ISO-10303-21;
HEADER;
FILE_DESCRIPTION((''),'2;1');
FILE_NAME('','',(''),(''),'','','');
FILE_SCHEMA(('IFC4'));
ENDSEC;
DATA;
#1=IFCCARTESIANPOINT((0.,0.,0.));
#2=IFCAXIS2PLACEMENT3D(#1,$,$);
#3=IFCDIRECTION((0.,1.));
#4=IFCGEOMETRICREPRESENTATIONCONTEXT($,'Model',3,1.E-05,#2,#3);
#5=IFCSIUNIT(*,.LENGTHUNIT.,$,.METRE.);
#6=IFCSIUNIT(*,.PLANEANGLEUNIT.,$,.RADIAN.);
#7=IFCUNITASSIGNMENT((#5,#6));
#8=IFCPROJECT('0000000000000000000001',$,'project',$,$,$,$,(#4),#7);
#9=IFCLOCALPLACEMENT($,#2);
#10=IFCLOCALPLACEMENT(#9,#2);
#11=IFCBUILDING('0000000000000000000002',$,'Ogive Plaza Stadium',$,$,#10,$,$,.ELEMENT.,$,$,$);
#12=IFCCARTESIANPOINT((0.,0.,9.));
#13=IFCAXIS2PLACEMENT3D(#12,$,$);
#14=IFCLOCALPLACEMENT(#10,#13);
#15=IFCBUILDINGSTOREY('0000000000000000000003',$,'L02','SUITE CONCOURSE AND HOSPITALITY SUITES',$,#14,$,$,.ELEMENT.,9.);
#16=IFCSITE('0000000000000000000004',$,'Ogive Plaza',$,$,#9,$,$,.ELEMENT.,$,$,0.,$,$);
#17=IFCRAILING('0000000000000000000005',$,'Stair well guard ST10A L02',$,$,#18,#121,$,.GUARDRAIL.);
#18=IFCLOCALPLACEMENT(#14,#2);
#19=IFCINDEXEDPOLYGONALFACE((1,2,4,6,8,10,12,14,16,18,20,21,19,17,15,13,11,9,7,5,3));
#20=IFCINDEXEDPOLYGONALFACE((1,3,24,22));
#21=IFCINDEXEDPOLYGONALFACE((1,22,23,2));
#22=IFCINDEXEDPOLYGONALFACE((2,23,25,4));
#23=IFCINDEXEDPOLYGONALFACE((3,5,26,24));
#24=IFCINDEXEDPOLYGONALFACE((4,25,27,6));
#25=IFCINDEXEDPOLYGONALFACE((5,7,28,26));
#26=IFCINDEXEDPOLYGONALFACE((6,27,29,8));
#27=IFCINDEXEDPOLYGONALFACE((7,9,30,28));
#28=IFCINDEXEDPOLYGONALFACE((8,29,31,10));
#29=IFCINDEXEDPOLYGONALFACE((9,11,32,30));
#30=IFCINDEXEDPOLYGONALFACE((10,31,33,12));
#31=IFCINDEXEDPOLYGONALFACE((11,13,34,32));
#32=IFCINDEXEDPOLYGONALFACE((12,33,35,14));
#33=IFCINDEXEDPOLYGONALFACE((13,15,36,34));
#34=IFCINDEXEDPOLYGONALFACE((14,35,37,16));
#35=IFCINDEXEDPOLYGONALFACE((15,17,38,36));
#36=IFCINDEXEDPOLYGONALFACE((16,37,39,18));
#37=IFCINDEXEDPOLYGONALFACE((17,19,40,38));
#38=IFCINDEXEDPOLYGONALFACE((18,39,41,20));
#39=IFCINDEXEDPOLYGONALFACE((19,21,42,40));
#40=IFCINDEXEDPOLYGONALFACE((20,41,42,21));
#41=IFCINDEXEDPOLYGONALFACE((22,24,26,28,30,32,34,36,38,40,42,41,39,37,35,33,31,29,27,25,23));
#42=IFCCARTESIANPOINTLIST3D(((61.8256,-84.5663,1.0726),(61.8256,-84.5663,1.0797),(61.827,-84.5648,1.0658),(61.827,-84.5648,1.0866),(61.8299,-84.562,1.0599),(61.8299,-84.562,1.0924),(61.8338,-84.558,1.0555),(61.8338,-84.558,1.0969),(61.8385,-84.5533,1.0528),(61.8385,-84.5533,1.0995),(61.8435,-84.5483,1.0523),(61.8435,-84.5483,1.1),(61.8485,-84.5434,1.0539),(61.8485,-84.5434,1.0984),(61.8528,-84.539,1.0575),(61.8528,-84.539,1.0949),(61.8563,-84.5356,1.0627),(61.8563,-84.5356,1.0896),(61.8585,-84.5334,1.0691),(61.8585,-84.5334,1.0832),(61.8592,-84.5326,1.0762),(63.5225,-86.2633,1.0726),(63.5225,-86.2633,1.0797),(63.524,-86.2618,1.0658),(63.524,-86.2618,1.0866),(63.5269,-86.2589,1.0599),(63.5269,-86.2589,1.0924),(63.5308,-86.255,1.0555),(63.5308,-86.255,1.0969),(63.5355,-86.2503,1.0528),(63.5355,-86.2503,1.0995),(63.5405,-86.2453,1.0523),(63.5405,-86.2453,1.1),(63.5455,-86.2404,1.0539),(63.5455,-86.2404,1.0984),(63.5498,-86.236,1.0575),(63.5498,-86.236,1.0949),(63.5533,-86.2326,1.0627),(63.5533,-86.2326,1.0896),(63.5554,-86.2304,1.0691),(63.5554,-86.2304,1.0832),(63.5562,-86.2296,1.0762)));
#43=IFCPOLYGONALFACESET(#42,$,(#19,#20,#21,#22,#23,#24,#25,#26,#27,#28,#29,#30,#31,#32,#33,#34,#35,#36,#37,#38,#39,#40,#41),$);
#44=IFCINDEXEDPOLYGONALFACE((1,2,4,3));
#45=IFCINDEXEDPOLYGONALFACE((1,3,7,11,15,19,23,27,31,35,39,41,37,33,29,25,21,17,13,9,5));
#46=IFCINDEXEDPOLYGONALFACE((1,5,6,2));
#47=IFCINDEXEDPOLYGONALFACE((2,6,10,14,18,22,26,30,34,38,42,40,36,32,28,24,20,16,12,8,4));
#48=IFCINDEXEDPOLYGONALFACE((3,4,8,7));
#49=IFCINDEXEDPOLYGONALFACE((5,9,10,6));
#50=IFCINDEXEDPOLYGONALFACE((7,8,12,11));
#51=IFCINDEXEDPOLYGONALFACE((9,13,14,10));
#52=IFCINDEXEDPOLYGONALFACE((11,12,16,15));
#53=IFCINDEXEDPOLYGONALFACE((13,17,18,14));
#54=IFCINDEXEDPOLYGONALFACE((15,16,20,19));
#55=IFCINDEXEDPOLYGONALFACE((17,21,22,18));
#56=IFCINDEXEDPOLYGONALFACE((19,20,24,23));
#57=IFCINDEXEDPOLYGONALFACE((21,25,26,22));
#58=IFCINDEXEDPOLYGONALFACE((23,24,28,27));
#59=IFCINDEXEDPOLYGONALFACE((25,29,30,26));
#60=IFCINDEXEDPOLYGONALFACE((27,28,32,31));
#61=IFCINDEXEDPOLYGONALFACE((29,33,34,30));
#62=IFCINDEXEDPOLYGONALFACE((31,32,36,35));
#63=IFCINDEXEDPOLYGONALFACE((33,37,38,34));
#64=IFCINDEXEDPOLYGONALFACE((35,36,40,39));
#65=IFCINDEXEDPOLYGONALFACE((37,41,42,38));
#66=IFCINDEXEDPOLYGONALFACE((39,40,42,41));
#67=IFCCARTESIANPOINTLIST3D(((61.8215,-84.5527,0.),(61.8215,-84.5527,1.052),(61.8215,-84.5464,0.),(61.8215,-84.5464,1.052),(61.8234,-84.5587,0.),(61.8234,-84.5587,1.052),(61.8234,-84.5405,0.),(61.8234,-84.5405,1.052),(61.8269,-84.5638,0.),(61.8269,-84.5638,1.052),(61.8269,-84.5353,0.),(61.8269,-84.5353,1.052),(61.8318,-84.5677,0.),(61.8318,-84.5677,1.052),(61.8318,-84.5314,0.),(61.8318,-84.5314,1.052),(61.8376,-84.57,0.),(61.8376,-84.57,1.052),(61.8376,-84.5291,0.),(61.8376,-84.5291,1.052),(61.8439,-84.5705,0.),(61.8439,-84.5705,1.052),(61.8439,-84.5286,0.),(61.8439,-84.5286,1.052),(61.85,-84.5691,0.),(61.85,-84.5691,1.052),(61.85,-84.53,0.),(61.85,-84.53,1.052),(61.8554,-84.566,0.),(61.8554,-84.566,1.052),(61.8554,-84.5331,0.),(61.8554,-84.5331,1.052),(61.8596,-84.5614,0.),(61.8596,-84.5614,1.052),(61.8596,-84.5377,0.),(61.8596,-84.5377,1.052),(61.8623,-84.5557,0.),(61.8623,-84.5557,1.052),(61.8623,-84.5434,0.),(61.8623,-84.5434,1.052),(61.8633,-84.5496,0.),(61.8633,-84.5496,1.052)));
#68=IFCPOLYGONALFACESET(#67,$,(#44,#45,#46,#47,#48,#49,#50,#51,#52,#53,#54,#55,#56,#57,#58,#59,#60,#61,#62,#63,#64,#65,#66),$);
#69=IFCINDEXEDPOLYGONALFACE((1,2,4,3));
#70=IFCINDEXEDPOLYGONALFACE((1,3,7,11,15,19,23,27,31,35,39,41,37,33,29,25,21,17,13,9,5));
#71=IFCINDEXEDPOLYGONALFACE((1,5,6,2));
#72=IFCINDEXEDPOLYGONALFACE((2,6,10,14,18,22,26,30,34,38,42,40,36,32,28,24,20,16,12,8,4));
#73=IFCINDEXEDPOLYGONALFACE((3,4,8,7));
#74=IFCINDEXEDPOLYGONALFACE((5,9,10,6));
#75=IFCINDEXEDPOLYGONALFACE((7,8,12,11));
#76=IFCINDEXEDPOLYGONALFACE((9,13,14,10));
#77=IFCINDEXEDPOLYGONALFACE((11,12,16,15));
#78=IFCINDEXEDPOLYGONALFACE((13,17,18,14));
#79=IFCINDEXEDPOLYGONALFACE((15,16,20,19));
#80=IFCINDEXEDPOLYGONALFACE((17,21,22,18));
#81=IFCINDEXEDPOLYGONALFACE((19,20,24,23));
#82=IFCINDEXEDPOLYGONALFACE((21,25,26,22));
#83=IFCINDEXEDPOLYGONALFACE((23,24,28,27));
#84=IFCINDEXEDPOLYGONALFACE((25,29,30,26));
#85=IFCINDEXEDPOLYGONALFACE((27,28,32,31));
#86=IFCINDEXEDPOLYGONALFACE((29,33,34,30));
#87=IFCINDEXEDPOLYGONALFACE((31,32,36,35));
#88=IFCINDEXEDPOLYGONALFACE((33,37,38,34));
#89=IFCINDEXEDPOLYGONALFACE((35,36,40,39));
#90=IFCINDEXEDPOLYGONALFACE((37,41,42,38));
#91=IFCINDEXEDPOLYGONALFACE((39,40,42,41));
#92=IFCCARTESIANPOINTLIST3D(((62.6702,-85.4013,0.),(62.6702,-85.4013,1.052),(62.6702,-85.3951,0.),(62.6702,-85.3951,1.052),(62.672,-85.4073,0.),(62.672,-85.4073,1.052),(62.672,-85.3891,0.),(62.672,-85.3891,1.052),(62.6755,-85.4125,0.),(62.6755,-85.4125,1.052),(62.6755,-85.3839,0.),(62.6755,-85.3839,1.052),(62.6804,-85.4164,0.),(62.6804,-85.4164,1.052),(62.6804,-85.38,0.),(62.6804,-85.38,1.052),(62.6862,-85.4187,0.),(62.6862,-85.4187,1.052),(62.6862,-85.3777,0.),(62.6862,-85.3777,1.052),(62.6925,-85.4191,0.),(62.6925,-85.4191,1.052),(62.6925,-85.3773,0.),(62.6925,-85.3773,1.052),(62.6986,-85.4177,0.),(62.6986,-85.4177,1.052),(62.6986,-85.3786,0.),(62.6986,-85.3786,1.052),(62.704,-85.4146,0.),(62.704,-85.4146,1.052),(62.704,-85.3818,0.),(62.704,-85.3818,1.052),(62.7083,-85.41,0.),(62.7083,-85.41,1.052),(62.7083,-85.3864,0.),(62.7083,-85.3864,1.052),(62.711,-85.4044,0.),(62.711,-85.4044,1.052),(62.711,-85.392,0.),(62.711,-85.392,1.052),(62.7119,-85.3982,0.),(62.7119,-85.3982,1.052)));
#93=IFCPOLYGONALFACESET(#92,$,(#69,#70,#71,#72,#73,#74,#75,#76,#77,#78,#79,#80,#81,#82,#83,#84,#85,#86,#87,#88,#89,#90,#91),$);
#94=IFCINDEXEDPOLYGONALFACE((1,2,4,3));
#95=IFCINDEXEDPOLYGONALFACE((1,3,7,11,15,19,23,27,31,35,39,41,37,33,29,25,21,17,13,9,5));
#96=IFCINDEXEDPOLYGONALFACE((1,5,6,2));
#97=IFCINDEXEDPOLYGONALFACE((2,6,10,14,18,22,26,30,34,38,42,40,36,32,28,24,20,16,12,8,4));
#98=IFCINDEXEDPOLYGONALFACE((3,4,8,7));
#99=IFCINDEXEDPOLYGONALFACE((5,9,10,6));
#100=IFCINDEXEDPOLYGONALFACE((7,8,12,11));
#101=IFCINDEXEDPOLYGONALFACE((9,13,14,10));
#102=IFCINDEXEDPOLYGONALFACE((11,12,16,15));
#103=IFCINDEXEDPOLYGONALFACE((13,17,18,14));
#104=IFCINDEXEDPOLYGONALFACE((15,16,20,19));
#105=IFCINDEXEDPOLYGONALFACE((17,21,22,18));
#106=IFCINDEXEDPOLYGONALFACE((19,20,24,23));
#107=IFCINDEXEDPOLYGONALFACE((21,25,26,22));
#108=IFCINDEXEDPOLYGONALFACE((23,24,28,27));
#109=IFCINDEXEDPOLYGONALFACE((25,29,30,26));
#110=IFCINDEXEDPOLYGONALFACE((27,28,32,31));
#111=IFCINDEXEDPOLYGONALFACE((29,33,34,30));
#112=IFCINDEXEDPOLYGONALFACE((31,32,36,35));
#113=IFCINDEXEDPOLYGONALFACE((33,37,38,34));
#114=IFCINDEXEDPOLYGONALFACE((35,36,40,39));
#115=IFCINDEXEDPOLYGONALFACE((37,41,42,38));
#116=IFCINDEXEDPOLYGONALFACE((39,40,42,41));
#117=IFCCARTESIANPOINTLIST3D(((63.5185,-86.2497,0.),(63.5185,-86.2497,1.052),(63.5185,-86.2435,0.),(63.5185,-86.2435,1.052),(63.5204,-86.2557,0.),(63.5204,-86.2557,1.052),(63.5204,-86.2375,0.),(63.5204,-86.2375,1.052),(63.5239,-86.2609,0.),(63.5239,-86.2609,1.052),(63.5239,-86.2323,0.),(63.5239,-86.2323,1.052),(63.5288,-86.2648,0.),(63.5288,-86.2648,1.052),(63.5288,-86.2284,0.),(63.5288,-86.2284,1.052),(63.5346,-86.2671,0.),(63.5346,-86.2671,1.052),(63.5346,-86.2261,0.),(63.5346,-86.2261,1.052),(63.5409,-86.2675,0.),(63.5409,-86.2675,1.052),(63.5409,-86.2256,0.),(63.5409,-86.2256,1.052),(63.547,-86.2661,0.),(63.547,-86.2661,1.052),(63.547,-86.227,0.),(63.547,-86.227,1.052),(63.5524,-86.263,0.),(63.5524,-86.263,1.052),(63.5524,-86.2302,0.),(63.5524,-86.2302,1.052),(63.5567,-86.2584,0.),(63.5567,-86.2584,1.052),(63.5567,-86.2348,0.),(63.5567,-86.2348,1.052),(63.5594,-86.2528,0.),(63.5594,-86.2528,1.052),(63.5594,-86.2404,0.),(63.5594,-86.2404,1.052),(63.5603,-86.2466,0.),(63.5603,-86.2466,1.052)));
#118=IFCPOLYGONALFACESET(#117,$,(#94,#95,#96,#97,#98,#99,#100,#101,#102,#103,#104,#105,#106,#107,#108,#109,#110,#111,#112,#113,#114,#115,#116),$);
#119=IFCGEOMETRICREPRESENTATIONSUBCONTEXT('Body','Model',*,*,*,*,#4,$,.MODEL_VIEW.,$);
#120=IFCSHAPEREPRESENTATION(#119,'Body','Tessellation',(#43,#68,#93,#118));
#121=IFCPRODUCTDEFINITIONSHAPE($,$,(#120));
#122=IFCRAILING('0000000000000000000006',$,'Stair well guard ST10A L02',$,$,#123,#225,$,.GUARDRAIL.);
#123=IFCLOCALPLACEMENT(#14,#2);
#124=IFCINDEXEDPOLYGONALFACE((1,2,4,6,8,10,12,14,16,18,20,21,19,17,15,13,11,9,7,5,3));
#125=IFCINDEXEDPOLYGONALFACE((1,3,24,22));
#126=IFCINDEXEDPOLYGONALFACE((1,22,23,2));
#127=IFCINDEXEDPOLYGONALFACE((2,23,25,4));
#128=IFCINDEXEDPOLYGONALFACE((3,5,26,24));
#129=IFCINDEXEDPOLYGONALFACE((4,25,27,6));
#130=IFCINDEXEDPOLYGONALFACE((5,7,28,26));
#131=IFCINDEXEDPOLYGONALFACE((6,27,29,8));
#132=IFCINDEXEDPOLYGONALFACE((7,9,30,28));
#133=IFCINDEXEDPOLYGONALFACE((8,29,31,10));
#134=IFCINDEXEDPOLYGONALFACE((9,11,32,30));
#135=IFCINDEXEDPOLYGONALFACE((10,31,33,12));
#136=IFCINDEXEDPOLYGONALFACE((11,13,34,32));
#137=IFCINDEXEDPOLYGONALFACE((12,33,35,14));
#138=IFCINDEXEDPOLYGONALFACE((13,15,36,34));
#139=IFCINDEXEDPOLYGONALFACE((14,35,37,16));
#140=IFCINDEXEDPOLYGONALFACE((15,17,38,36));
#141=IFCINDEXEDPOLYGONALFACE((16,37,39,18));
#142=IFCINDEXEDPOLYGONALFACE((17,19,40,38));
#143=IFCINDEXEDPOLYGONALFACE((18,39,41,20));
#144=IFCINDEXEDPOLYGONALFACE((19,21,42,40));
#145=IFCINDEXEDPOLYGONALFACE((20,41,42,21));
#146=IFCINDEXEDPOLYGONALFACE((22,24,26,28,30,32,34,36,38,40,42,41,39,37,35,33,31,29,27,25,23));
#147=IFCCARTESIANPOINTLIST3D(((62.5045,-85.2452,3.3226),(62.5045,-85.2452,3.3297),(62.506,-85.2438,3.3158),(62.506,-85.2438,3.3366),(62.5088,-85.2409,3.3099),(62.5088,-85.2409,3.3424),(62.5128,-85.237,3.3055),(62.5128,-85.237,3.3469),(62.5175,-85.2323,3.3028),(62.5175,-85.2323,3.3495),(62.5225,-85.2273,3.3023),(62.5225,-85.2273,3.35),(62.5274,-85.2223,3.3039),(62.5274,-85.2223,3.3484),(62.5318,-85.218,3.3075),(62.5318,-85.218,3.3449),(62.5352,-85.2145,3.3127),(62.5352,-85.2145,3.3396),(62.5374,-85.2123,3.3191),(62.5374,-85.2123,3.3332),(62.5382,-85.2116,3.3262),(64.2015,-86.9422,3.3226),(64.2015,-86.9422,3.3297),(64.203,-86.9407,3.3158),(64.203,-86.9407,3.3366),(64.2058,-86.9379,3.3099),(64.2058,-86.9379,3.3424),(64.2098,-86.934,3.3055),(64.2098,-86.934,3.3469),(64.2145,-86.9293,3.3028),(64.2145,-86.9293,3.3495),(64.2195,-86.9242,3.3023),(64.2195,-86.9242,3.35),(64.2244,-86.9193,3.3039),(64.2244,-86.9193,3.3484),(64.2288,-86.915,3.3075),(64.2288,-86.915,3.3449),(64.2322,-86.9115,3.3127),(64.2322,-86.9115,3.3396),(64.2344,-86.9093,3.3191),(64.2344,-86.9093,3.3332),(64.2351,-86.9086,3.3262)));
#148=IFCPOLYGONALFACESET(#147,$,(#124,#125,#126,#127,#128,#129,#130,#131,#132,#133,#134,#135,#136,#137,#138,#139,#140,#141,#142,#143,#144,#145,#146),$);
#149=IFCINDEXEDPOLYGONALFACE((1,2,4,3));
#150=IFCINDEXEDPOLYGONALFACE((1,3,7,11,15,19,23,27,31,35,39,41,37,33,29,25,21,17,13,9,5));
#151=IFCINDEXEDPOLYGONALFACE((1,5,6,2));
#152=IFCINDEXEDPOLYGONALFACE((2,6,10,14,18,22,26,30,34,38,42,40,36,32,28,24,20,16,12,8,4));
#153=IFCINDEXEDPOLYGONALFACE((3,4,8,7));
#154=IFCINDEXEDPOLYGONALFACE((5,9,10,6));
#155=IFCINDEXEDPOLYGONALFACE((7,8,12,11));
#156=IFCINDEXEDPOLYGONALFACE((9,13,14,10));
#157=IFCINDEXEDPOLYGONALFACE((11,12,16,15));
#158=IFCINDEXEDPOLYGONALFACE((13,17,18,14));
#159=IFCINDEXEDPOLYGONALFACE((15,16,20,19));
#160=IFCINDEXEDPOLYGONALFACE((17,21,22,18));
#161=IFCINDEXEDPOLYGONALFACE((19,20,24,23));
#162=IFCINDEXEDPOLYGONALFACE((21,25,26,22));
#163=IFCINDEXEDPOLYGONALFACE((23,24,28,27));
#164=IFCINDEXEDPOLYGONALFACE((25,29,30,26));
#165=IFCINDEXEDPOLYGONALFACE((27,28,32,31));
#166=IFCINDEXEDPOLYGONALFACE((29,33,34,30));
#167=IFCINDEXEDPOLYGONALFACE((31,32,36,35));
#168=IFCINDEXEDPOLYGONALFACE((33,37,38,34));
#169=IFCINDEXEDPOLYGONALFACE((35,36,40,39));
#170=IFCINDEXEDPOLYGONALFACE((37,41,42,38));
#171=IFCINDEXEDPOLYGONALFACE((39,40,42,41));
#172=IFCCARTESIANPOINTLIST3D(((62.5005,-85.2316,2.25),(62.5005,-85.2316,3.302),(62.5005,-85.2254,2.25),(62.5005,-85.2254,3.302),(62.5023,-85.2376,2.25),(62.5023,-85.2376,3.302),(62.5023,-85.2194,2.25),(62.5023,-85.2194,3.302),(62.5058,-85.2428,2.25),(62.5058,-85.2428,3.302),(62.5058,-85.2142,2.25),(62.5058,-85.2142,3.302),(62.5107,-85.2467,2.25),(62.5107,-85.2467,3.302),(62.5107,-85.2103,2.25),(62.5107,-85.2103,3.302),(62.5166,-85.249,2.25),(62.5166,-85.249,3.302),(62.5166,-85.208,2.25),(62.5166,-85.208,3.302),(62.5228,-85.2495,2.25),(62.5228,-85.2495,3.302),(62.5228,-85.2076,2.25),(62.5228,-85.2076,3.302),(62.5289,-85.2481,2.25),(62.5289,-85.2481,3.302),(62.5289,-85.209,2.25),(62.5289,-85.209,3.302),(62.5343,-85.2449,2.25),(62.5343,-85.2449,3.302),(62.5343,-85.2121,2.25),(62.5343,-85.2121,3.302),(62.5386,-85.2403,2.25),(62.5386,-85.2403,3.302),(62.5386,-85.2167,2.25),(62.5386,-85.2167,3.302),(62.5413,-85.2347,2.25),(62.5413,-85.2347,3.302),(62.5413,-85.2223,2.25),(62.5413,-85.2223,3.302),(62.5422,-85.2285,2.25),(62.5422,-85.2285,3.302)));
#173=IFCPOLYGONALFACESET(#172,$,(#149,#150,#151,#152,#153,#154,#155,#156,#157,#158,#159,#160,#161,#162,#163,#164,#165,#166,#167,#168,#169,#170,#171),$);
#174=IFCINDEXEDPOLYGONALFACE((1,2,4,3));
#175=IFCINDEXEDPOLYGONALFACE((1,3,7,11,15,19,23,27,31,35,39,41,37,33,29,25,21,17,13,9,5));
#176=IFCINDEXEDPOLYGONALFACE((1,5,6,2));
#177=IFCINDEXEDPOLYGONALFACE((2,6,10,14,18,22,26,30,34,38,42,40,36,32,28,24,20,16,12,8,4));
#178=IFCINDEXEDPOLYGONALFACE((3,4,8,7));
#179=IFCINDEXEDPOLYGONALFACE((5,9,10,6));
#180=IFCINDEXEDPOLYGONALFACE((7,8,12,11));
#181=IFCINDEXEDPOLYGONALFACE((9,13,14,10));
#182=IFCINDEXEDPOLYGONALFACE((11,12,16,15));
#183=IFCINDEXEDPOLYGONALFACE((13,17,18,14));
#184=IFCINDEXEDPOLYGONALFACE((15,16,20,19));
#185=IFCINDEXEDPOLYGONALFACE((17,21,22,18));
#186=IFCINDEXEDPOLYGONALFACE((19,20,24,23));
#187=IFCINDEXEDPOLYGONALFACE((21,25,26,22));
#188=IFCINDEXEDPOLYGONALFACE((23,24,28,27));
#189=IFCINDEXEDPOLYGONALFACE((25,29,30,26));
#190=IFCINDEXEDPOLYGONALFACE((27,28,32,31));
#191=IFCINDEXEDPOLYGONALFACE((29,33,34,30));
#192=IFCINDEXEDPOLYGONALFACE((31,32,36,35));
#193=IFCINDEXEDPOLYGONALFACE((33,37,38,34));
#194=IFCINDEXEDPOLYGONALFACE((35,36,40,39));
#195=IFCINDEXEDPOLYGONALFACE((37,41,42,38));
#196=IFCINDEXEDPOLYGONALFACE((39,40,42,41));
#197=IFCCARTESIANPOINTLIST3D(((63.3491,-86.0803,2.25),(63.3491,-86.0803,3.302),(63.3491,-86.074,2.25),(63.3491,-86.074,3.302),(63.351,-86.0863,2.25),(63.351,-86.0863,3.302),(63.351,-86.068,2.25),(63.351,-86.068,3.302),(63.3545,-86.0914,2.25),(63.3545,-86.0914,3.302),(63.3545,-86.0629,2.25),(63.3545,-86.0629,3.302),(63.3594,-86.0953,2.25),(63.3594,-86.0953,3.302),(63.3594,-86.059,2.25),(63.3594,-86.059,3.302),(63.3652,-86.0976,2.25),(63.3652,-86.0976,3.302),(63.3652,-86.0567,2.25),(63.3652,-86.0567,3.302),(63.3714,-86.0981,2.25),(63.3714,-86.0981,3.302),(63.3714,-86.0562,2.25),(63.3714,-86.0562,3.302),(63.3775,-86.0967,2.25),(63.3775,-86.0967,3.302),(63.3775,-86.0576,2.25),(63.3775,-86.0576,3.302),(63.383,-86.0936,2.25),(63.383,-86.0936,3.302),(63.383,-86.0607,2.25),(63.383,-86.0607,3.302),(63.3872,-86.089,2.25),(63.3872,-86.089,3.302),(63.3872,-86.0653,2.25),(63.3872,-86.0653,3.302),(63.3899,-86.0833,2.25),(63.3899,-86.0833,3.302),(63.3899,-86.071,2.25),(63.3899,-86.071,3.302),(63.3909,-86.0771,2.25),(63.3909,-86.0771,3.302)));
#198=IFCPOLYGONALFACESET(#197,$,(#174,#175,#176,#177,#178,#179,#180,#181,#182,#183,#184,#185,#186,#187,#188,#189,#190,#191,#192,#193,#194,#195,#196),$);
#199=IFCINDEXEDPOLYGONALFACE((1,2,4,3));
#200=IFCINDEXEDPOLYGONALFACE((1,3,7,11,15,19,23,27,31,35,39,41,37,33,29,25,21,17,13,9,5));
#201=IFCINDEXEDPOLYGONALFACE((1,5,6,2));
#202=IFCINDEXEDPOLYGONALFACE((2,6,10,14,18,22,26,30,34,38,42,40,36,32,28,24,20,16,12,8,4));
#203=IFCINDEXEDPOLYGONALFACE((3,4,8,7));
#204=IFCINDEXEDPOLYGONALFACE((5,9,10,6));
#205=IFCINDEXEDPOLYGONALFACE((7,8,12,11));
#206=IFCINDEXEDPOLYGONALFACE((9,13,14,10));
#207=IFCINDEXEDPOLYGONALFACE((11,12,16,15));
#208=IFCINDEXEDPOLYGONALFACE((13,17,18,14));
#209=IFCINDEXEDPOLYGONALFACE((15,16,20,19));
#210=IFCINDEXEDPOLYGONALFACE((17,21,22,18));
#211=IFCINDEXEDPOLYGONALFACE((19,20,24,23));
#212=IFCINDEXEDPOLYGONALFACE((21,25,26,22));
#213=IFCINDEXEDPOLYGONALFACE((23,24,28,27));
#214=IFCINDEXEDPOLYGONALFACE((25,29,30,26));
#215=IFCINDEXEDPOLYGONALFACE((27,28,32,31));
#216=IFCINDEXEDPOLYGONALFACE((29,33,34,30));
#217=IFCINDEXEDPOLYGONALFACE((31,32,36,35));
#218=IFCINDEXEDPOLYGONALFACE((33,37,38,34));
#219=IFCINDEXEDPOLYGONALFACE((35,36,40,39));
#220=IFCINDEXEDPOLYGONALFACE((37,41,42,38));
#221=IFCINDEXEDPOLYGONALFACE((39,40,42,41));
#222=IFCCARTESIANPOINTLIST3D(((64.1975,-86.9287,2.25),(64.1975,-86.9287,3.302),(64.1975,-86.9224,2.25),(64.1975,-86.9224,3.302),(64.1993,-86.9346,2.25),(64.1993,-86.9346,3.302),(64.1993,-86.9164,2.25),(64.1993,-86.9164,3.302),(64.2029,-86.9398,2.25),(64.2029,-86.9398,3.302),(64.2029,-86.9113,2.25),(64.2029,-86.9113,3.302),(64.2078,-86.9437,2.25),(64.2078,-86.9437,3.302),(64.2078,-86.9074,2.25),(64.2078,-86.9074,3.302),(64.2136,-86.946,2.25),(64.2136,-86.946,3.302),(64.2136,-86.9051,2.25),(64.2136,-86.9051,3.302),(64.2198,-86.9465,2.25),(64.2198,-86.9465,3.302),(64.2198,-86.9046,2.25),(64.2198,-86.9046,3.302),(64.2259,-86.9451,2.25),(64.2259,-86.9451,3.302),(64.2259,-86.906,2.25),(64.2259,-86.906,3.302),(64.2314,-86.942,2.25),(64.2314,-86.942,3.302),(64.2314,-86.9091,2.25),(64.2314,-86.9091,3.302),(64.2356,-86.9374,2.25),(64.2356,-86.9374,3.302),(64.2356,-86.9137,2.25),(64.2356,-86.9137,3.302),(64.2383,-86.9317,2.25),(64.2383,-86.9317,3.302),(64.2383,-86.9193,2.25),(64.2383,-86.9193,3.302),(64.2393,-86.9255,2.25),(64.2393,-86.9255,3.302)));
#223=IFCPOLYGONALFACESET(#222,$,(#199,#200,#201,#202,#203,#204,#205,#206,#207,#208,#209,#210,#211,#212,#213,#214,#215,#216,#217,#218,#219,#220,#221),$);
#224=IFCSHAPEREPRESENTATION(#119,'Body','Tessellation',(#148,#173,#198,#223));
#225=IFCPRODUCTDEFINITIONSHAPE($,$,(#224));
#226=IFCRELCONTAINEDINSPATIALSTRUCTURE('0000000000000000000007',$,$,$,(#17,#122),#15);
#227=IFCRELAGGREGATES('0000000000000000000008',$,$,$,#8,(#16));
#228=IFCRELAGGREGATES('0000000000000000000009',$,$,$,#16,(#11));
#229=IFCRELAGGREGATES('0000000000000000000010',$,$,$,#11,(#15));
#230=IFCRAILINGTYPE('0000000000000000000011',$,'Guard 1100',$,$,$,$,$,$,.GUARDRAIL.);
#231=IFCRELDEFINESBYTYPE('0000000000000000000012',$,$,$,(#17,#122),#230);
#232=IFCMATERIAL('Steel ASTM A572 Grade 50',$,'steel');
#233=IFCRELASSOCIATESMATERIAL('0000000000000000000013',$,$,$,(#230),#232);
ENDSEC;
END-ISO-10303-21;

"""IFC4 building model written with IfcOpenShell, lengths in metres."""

from ifc_helpers import new_model, si_unit, direction, frame, origin, origin_2d, place, context, subcontext, project, spatial, circle, extrude, material, type_object, element, save


model = new_model("IFC4")

# Units and contexts
model_context = context("Model", 3, precision=1e-05, world=origin(), true_north=direction((0.0, 1.0)))
body_context = subcontext(model_context, "Body", "Model", "MODEL_VIEW")
ifc_project = project(units=[si_unit("LENGTHUNIT", "METRE"), si_unit("PLANEANGLEUNIT", "RADIAN")], contexts=[model_context])

# Site, building, storey
site_placement = place(None, origin())
site = spatial("IfcSite", under=ifc_project, at=site_placement, Name="Ogive Plaza", CompositionType="ELEMENT", RefElevation=0.0)
building_placement = place(site_placement, origin())
building = spatial("IfcBuilding", under=site, at=building_placement, Name="Ogive Plaza Stadium", CompositionType="ELEMENT")
storey_placement = place(building_placement, frame((0.0, 0.0, 9.0)))
storey = spatial("IfcBuildingStorey", under=building, at=storey_placement, Name="L02", Description="SUITE CONCOURSE AND HOSPITALITY SUITES", CompositionType="ELEMENT", Elevation=9.0)

# Railings
ifc_material_1 = material(Name="Steel ASTM A572 Grade 50", Category="steel")
railing_type_1 = type_object("IfcRailingType", Name="Guard 1100", PredefinedType="GUARDRAIL", material=ifc_material_1)
for number, where, name in (
    (1, (61.8423, -84.5496, 0.0), "Stair well guard ST10A L02"),
    (2, (62.5212, -85.2285, 2.25), "Stair well guard ST10A L02"),
):
    element("IfcRailing", number, at=place(storey_placement, frame(where)), inside=storey, type_object=railing_type_1, Name=name, PredefinedType="GUARDRAIL", context=body_context, shape_type="SweptSolid", body=[
        extrude(circle(Radius=0.0239, at=origin_2d()), frame((0.0, 0.0, 1.0762), z_axis=(0.707107, -0.707107, 0.0), x_axis=(0.707107, 0.707107, 0.0)), (0.0, 0.0, 1.0), 2.3999),
        extrude(circle(Radius=0.021, at=origin_2d()), origin(), (0.0, 0.0, 1.0), 1.052),
        extrude(circle(Radius=0.021, at=origin_2d()), frame((0.8486, -0.8486, 0.0)), (0.0, 0.0, 1.0), 1.052),
        extrude(circle(Radius=0.021, at=origin_2d()), frame((1.697, -1.697, 0.0)), (0.0, 0.0, 1.0), 1.052),
    ])

save(model, "model.ifc")
